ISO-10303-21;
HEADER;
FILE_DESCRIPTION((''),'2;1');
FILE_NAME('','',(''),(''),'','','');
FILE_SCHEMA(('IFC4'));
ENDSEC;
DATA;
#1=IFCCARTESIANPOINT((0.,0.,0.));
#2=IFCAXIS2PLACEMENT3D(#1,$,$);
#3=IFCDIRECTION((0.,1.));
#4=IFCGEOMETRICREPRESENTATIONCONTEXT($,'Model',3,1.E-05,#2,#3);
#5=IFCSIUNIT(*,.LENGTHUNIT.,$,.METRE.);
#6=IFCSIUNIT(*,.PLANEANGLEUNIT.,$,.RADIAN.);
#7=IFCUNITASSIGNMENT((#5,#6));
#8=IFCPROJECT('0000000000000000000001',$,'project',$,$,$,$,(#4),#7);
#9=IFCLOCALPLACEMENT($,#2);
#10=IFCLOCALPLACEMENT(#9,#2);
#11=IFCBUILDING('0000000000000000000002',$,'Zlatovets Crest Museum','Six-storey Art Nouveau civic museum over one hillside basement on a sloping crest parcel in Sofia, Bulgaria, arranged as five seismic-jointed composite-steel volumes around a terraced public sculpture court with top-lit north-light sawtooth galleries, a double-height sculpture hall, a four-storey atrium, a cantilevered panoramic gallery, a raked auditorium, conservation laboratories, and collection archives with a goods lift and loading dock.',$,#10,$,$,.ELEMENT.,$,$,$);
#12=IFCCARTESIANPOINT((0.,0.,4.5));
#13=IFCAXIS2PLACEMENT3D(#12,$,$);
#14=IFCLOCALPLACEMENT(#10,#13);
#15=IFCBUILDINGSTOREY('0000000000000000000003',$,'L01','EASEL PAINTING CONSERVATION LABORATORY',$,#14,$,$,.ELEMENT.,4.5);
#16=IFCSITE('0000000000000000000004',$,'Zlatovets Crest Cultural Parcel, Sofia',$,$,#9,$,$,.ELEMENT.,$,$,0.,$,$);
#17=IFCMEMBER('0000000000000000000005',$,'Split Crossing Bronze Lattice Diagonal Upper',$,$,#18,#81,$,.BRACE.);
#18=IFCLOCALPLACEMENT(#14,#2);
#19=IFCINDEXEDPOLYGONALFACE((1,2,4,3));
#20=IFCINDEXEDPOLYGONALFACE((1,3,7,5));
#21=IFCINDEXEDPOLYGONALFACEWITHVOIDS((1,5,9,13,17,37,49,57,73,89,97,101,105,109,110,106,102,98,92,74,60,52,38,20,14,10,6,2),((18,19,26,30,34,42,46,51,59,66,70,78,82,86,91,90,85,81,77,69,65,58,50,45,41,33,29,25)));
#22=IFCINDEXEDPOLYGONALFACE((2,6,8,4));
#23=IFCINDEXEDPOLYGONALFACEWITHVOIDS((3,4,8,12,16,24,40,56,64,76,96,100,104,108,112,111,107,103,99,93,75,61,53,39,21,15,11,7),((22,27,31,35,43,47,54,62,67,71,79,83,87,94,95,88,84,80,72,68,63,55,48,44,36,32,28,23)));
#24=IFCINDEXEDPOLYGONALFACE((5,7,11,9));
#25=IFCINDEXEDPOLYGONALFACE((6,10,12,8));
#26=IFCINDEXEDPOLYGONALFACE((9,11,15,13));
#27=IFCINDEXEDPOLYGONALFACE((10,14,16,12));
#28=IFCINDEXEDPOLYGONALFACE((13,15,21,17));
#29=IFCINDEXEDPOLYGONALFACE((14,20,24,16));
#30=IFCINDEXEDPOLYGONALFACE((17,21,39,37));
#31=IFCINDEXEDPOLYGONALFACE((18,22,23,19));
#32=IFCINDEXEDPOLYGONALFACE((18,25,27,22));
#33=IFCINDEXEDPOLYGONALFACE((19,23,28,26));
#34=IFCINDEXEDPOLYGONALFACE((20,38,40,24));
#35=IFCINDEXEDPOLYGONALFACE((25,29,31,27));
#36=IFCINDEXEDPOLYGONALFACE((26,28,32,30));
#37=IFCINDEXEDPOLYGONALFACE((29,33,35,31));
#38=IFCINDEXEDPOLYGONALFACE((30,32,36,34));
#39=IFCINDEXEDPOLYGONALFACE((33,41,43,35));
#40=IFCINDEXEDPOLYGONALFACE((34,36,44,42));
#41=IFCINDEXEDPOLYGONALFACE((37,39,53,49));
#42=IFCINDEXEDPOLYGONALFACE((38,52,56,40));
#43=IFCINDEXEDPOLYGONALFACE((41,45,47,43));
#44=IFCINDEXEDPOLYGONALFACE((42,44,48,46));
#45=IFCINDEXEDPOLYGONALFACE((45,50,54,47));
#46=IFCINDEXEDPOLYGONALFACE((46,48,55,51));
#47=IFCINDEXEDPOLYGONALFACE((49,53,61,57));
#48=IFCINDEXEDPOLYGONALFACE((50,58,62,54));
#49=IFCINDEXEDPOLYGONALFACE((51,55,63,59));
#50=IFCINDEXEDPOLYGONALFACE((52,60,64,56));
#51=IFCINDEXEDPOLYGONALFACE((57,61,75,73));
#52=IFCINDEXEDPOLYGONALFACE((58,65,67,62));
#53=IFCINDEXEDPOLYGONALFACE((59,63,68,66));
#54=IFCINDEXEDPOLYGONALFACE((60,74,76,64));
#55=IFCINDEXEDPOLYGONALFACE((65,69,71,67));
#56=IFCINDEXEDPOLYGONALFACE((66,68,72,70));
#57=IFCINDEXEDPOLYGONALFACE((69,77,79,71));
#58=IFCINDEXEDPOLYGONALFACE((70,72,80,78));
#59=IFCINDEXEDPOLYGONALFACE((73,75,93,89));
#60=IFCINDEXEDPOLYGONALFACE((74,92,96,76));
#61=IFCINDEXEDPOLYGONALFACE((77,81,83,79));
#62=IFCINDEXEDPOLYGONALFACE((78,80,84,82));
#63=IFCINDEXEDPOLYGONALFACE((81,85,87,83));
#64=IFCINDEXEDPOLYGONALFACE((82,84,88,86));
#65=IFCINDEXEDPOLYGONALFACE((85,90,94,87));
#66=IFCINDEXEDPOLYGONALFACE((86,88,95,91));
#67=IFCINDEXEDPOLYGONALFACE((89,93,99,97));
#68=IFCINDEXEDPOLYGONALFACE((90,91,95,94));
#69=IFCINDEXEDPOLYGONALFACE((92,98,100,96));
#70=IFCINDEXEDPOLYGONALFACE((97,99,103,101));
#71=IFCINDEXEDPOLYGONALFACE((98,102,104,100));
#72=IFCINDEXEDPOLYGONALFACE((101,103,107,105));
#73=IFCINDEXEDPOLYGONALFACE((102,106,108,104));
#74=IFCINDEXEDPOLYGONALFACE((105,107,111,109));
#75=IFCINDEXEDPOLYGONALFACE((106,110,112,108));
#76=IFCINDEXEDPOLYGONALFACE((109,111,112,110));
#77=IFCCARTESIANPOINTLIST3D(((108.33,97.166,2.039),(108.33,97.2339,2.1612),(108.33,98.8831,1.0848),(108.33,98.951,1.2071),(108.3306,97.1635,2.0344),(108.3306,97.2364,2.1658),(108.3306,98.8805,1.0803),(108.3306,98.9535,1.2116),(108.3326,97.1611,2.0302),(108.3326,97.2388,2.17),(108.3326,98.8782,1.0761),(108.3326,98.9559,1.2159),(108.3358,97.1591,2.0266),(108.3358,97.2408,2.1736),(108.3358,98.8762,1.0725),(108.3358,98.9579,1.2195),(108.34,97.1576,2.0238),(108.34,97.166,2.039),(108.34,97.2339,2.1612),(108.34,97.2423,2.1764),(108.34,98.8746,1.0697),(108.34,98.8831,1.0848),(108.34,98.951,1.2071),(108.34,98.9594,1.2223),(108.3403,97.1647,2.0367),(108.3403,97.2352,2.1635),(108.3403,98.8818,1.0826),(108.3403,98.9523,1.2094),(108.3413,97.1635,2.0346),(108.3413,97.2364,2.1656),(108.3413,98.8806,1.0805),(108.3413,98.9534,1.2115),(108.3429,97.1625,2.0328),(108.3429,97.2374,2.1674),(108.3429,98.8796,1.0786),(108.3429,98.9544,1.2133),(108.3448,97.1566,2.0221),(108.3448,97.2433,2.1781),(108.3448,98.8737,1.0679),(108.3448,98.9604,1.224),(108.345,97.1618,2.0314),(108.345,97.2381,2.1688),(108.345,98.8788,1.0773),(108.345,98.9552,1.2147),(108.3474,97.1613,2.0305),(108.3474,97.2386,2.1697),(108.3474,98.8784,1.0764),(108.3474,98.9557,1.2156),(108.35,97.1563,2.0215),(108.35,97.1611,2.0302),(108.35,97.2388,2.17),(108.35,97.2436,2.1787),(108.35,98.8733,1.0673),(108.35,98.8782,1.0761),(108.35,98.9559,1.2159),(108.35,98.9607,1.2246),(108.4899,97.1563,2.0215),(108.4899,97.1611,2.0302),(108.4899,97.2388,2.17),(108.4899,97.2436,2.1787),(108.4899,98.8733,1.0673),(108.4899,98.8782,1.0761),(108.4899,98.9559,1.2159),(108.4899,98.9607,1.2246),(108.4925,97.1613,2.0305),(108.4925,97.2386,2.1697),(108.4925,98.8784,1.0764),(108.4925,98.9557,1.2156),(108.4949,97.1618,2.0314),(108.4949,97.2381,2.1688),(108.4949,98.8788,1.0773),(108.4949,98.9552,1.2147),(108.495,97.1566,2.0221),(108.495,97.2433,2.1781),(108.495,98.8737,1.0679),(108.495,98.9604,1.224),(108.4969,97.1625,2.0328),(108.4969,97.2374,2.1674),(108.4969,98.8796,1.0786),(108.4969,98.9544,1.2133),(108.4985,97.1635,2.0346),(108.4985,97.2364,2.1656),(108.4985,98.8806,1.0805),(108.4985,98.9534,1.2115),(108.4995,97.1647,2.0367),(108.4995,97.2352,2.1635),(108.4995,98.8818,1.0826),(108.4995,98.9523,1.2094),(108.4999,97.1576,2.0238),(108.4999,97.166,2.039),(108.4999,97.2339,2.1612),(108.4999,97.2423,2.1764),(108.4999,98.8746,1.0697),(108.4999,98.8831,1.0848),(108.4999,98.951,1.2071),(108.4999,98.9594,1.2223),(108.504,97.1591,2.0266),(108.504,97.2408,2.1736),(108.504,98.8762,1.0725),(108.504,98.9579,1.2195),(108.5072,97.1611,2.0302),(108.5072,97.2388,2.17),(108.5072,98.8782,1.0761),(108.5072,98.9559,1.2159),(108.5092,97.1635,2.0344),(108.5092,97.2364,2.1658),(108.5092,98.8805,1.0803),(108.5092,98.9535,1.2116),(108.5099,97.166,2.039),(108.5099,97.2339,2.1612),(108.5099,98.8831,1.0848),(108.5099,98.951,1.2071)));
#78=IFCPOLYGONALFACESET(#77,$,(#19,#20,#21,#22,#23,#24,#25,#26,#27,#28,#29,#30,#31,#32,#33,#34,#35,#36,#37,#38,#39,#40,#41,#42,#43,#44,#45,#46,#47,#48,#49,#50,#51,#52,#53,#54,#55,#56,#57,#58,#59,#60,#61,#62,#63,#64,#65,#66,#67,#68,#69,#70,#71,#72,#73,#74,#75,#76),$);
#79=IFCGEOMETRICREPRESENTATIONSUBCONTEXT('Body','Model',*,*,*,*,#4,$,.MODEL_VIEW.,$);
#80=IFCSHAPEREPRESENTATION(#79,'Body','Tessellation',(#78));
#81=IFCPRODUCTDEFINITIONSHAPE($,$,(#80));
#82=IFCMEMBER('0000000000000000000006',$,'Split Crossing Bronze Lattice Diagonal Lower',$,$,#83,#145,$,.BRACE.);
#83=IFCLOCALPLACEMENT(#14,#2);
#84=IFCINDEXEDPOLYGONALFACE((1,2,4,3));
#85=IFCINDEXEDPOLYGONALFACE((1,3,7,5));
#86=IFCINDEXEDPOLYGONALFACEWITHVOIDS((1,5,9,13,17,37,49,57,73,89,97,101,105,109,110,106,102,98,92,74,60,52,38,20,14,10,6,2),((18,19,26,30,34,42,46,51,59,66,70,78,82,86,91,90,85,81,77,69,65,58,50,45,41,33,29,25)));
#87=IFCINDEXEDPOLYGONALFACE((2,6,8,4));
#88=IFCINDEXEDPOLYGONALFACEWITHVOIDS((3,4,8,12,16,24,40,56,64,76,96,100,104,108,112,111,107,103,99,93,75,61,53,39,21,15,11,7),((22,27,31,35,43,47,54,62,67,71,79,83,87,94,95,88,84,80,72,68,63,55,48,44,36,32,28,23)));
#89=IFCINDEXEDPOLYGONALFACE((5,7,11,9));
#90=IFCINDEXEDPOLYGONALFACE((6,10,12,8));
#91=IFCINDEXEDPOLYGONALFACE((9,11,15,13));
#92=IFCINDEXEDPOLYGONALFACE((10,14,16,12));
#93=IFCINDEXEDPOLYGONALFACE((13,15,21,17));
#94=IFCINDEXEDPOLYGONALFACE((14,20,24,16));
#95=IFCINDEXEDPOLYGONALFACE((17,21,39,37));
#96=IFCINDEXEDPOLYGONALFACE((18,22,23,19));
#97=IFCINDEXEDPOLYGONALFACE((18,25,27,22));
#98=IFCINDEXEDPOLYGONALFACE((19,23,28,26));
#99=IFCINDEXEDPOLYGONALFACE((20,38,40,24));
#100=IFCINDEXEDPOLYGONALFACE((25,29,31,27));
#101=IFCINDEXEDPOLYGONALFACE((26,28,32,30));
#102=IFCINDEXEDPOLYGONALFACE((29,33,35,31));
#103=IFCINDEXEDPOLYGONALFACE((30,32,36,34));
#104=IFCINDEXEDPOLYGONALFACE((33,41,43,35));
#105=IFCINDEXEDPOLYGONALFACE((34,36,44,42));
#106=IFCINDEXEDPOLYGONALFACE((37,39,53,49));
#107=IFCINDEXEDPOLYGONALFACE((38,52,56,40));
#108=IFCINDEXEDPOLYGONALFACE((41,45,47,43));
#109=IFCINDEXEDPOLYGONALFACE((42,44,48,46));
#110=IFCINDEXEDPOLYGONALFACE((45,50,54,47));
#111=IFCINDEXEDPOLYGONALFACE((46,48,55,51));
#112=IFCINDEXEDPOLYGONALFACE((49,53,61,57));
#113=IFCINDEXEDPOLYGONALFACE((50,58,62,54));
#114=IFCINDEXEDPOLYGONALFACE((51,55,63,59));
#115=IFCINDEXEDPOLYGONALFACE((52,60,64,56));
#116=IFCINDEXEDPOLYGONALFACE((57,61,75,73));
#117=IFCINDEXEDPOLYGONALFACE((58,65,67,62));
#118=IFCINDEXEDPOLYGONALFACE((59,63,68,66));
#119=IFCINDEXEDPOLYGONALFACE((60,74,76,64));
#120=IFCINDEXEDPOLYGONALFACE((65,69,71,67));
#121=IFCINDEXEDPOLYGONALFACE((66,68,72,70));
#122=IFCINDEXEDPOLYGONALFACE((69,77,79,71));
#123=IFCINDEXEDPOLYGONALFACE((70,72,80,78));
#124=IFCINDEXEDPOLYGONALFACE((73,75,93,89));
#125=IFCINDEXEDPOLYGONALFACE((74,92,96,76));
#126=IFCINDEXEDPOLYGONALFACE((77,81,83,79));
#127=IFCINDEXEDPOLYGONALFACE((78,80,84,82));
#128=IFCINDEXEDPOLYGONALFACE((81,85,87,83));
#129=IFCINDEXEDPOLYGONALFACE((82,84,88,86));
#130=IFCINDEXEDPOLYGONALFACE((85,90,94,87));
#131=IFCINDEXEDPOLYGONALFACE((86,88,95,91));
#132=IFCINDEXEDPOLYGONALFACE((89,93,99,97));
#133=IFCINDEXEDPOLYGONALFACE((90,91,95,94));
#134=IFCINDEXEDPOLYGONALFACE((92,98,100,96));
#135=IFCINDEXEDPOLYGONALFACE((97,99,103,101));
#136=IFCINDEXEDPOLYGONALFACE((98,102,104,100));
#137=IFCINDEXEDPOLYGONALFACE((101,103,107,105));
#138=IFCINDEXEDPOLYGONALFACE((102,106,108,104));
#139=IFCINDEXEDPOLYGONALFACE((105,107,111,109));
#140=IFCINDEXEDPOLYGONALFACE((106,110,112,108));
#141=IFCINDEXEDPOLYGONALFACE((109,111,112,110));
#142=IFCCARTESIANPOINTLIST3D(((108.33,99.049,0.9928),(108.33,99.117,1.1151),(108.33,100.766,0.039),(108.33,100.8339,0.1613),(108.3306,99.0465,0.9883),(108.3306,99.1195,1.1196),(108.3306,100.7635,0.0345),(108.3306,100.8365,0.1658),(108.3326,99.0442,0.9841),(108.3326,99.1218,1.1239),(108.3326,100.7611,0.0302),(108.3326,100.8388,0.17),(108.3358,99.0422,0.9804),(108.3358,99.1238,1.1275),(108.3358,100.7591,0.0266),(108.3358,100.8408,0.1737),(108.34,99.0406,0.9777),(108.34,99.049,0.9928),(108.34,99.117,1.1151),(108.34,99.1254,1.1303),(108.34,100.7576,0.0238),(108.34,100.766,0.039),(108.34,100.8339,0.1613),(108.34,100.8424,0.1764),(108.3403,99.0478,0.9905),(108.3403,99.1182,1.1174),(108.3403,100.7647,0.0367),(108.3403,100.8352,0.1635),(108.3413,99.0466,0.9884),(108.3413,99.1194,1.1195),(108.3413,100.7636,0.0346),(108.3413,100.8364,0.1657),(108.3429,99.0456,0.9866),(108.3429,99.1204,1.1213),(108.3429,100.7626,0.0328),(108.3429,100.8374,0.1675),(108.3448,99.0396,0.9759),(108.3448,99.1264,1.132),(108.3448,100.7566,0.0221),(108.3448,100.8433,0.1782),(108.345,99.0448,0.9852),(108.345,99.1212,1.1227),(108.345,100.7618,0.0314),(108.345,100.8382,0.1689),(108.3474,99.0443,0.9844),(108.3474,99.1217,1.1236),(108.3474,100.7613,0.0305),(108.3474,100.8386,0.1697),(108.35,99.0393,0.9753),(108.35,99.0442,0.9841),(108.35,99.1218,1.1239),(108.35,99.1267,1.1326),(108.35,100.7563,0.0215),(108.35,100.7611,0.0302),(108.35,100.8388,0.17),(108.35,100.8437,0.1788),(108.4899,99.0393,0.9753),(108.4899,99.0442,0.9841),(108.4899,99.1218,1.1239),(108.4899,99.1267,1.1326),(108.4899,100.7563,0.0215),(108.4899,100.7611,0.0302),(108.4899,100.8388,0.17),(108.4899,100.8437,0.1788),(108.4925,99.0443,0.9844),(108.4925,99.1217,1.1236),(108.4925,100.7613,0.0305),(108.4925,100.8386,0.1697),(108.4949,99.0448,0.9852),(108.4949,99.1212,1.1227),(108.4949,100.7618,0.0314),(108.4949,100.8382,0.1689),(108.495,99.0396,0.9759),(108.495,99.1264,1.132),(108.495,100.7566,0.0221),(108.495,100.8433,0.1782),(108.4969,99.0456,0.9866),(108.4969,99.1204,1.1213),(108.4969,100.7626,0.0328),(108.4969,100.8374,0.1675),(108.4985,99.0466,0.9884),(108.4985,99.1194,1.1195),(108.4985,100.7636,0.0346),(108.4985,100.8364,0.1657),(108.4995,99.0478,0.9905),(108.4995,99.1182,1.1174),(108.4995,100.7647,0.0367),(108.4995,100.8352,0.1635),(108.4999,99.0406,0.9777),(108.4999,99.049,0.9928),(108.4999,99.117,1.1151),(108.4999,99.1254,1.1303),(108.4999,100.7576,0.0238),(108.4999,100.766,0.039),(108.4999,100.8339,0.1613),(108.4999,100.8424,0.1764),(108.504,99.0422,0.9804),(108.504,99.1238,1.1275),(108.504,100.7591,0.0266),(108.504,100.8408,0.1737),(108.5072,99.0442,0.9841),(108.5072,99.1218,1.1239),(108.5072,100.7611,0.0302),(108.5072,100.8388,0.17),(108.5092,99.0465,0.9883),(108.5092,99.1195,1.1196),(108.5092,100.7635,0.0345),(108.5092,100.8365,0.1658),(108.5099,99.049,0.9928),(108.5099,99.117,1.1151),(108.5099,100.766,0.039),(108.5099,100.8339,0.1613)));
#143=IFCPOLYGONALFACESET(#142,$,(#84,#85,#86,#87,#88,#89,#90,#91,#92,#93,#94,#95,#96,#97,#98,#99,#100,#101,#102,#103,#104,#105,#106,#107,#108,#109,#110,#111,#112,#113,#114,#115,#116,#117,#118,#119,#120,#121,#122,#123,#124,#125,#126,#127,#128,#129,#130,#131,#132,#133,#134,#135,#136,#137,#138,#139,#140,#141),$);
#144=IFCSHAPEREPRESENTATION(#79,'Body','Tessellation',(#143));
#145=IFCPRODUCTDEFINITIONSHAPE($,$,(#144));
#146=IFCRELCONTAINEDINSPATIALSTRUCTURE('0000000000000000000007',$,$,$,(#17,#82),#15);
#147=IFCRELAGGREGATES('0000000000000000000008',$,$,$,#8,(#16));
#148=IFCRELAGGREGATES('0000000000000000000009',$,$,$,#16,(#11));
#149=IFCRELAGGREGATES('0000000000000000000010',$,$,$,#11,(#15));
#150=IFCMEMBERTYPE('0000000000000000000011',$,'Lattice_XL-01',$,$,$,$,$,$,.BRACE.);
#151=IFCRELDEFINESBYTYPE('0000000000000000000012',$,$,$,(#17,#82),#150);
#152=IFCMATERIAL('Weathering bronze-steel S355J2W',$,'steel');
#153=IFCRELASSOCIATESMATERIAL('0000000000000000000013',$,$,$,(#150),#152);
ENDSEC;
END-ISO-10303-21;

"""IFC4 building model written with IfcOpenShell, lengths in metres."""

from ifc_helpers import new_model, si_unit, direction, frame, origin, origin_2d, place, context, subcontext, project, spatial, hollow_rectangle, extrude, material, material_profile, profile_set, type_object, element, save


model = new_model("IFC4")

# Units and contexts
model_context = context("Model", 3, precision=1e-05, world=origin(), true_north=direction((0.0, 1.0)))
body_context = subcontext(model_context, "Body", "Model", "MODEL_VIEW")
ifc_project = project(units=[si_unit("LENGTHUNIT", "METRE"), si_unit("PLANEANGLEUNIT", "RADIAN")], contexts=[model_context])

# Site, building, storey
site_placement = place(None, origin())
site = spatial("IfcSite", under=ifc_project, at=site_placement, Name="Zlatovets Crest Cultural Parcel, Sofia", CompositionType="ELEMENT", RefElevation=0.0)
building_placement = place(site_placement, origin())
building = spatial("IfcBuilding", under=site, at=building_placement, Name="Zlatovets Crest Museum", Description="Six-storey Art Nouveau civic museum over one hillside basement on a sloping crest parcel in Sofia, Bulgaria, arranged as five seismic-jointed composite-steel volumes around a terraced public sculpture court with top-lit north-light sawtooth galleries, a double-height sculpture hall, a four-storey atrium, a cantilevered panoramic gallery, a raked auditorium, conservation laboratories, and collection archives with a goods lift and loading dock.", CompositionType="ELEMENT")
storey_placement = place(building_placement, frame((0.0, 0.0, 4.5)))
storey = spatial("IfcBuildingStorey", under=building, at=storey_placement, Name="L01", Description="EASEL PAINTING CONSERVATION LABORATORY", CompositionType="ELEMENT", Elevation=4.5)

# Members
ifc_material_1 = material(Name="Weathering bronze-steel S355J2W", Category="steel")
ifc_material_profile_1 = material_profile(ifc_material_1, hollow_rectangle(XDim=0.1799, YDim=0.1799, WallThickness=0.01, InnerFilletRadius=0.01, OuterFilletRadius=0.02, at=origin_2d()), Name="SHS 180x180x10.0")
ifc_profile_set_1 = profile_set([ifc_material_profile_1], Name="Weathering bronze-steel S355J2W")
member_type_1 = type_object("IfcMemberType", Name="Lattice_XL-01", PredefinedType="BRACE", material=ifc_profile_set_1)
member_1_placement = place(storey_placement, frame((108.4199, 97.2, 2.1001), z_axis=(0.0, 0.874116, -0.485717), x_axis=(-1.0, 0.0, 0.0)))
element("IfcMember", 1, at=member_1_placement, inside=storey, type_object=member_type_1, Name="Split Crossing Bronze Lattice Diagonal Upper", PredefinedType="BRACE", context=body_context, shape_type="SweptSolid", body=[
    extrude(hollow_rectangle(XDim=0.1799, YDim=0.1799, WallThickness=0.01, InnerFilletRadius=0.01, OuterFilletRadius=0.02, at=origin_2d()), origin(), (0.0, 0.0, 1.0), 1.9644),
])
member_2_placement = place(storey_placement, frame((108.4199, 99.083, 1.054), z_axis=(0.0, 0.874169, -0.485622), x_axis=(-1.0, 0.0, 0.0)))
element("IfcMember", 2, at=member_2_placement, inside=storey, type_object=member_type_1, Name="Split Crossing Bronze Lattice Diagonal Lower", PredefinedType="BRACE", context=body_context, shape_type="SweptSolid", body=[
    extrude(hollow_rectangle(XDim=0.1799, YDim=0.1799, WallThickness=0.01, InnerFilletRadius=0.01, OuterFilletRadius=0.02, at=origin_2d()), origin(), (0.0, 0.0, 1.0), 1.9641),
])

save(model, "model.ifc")
